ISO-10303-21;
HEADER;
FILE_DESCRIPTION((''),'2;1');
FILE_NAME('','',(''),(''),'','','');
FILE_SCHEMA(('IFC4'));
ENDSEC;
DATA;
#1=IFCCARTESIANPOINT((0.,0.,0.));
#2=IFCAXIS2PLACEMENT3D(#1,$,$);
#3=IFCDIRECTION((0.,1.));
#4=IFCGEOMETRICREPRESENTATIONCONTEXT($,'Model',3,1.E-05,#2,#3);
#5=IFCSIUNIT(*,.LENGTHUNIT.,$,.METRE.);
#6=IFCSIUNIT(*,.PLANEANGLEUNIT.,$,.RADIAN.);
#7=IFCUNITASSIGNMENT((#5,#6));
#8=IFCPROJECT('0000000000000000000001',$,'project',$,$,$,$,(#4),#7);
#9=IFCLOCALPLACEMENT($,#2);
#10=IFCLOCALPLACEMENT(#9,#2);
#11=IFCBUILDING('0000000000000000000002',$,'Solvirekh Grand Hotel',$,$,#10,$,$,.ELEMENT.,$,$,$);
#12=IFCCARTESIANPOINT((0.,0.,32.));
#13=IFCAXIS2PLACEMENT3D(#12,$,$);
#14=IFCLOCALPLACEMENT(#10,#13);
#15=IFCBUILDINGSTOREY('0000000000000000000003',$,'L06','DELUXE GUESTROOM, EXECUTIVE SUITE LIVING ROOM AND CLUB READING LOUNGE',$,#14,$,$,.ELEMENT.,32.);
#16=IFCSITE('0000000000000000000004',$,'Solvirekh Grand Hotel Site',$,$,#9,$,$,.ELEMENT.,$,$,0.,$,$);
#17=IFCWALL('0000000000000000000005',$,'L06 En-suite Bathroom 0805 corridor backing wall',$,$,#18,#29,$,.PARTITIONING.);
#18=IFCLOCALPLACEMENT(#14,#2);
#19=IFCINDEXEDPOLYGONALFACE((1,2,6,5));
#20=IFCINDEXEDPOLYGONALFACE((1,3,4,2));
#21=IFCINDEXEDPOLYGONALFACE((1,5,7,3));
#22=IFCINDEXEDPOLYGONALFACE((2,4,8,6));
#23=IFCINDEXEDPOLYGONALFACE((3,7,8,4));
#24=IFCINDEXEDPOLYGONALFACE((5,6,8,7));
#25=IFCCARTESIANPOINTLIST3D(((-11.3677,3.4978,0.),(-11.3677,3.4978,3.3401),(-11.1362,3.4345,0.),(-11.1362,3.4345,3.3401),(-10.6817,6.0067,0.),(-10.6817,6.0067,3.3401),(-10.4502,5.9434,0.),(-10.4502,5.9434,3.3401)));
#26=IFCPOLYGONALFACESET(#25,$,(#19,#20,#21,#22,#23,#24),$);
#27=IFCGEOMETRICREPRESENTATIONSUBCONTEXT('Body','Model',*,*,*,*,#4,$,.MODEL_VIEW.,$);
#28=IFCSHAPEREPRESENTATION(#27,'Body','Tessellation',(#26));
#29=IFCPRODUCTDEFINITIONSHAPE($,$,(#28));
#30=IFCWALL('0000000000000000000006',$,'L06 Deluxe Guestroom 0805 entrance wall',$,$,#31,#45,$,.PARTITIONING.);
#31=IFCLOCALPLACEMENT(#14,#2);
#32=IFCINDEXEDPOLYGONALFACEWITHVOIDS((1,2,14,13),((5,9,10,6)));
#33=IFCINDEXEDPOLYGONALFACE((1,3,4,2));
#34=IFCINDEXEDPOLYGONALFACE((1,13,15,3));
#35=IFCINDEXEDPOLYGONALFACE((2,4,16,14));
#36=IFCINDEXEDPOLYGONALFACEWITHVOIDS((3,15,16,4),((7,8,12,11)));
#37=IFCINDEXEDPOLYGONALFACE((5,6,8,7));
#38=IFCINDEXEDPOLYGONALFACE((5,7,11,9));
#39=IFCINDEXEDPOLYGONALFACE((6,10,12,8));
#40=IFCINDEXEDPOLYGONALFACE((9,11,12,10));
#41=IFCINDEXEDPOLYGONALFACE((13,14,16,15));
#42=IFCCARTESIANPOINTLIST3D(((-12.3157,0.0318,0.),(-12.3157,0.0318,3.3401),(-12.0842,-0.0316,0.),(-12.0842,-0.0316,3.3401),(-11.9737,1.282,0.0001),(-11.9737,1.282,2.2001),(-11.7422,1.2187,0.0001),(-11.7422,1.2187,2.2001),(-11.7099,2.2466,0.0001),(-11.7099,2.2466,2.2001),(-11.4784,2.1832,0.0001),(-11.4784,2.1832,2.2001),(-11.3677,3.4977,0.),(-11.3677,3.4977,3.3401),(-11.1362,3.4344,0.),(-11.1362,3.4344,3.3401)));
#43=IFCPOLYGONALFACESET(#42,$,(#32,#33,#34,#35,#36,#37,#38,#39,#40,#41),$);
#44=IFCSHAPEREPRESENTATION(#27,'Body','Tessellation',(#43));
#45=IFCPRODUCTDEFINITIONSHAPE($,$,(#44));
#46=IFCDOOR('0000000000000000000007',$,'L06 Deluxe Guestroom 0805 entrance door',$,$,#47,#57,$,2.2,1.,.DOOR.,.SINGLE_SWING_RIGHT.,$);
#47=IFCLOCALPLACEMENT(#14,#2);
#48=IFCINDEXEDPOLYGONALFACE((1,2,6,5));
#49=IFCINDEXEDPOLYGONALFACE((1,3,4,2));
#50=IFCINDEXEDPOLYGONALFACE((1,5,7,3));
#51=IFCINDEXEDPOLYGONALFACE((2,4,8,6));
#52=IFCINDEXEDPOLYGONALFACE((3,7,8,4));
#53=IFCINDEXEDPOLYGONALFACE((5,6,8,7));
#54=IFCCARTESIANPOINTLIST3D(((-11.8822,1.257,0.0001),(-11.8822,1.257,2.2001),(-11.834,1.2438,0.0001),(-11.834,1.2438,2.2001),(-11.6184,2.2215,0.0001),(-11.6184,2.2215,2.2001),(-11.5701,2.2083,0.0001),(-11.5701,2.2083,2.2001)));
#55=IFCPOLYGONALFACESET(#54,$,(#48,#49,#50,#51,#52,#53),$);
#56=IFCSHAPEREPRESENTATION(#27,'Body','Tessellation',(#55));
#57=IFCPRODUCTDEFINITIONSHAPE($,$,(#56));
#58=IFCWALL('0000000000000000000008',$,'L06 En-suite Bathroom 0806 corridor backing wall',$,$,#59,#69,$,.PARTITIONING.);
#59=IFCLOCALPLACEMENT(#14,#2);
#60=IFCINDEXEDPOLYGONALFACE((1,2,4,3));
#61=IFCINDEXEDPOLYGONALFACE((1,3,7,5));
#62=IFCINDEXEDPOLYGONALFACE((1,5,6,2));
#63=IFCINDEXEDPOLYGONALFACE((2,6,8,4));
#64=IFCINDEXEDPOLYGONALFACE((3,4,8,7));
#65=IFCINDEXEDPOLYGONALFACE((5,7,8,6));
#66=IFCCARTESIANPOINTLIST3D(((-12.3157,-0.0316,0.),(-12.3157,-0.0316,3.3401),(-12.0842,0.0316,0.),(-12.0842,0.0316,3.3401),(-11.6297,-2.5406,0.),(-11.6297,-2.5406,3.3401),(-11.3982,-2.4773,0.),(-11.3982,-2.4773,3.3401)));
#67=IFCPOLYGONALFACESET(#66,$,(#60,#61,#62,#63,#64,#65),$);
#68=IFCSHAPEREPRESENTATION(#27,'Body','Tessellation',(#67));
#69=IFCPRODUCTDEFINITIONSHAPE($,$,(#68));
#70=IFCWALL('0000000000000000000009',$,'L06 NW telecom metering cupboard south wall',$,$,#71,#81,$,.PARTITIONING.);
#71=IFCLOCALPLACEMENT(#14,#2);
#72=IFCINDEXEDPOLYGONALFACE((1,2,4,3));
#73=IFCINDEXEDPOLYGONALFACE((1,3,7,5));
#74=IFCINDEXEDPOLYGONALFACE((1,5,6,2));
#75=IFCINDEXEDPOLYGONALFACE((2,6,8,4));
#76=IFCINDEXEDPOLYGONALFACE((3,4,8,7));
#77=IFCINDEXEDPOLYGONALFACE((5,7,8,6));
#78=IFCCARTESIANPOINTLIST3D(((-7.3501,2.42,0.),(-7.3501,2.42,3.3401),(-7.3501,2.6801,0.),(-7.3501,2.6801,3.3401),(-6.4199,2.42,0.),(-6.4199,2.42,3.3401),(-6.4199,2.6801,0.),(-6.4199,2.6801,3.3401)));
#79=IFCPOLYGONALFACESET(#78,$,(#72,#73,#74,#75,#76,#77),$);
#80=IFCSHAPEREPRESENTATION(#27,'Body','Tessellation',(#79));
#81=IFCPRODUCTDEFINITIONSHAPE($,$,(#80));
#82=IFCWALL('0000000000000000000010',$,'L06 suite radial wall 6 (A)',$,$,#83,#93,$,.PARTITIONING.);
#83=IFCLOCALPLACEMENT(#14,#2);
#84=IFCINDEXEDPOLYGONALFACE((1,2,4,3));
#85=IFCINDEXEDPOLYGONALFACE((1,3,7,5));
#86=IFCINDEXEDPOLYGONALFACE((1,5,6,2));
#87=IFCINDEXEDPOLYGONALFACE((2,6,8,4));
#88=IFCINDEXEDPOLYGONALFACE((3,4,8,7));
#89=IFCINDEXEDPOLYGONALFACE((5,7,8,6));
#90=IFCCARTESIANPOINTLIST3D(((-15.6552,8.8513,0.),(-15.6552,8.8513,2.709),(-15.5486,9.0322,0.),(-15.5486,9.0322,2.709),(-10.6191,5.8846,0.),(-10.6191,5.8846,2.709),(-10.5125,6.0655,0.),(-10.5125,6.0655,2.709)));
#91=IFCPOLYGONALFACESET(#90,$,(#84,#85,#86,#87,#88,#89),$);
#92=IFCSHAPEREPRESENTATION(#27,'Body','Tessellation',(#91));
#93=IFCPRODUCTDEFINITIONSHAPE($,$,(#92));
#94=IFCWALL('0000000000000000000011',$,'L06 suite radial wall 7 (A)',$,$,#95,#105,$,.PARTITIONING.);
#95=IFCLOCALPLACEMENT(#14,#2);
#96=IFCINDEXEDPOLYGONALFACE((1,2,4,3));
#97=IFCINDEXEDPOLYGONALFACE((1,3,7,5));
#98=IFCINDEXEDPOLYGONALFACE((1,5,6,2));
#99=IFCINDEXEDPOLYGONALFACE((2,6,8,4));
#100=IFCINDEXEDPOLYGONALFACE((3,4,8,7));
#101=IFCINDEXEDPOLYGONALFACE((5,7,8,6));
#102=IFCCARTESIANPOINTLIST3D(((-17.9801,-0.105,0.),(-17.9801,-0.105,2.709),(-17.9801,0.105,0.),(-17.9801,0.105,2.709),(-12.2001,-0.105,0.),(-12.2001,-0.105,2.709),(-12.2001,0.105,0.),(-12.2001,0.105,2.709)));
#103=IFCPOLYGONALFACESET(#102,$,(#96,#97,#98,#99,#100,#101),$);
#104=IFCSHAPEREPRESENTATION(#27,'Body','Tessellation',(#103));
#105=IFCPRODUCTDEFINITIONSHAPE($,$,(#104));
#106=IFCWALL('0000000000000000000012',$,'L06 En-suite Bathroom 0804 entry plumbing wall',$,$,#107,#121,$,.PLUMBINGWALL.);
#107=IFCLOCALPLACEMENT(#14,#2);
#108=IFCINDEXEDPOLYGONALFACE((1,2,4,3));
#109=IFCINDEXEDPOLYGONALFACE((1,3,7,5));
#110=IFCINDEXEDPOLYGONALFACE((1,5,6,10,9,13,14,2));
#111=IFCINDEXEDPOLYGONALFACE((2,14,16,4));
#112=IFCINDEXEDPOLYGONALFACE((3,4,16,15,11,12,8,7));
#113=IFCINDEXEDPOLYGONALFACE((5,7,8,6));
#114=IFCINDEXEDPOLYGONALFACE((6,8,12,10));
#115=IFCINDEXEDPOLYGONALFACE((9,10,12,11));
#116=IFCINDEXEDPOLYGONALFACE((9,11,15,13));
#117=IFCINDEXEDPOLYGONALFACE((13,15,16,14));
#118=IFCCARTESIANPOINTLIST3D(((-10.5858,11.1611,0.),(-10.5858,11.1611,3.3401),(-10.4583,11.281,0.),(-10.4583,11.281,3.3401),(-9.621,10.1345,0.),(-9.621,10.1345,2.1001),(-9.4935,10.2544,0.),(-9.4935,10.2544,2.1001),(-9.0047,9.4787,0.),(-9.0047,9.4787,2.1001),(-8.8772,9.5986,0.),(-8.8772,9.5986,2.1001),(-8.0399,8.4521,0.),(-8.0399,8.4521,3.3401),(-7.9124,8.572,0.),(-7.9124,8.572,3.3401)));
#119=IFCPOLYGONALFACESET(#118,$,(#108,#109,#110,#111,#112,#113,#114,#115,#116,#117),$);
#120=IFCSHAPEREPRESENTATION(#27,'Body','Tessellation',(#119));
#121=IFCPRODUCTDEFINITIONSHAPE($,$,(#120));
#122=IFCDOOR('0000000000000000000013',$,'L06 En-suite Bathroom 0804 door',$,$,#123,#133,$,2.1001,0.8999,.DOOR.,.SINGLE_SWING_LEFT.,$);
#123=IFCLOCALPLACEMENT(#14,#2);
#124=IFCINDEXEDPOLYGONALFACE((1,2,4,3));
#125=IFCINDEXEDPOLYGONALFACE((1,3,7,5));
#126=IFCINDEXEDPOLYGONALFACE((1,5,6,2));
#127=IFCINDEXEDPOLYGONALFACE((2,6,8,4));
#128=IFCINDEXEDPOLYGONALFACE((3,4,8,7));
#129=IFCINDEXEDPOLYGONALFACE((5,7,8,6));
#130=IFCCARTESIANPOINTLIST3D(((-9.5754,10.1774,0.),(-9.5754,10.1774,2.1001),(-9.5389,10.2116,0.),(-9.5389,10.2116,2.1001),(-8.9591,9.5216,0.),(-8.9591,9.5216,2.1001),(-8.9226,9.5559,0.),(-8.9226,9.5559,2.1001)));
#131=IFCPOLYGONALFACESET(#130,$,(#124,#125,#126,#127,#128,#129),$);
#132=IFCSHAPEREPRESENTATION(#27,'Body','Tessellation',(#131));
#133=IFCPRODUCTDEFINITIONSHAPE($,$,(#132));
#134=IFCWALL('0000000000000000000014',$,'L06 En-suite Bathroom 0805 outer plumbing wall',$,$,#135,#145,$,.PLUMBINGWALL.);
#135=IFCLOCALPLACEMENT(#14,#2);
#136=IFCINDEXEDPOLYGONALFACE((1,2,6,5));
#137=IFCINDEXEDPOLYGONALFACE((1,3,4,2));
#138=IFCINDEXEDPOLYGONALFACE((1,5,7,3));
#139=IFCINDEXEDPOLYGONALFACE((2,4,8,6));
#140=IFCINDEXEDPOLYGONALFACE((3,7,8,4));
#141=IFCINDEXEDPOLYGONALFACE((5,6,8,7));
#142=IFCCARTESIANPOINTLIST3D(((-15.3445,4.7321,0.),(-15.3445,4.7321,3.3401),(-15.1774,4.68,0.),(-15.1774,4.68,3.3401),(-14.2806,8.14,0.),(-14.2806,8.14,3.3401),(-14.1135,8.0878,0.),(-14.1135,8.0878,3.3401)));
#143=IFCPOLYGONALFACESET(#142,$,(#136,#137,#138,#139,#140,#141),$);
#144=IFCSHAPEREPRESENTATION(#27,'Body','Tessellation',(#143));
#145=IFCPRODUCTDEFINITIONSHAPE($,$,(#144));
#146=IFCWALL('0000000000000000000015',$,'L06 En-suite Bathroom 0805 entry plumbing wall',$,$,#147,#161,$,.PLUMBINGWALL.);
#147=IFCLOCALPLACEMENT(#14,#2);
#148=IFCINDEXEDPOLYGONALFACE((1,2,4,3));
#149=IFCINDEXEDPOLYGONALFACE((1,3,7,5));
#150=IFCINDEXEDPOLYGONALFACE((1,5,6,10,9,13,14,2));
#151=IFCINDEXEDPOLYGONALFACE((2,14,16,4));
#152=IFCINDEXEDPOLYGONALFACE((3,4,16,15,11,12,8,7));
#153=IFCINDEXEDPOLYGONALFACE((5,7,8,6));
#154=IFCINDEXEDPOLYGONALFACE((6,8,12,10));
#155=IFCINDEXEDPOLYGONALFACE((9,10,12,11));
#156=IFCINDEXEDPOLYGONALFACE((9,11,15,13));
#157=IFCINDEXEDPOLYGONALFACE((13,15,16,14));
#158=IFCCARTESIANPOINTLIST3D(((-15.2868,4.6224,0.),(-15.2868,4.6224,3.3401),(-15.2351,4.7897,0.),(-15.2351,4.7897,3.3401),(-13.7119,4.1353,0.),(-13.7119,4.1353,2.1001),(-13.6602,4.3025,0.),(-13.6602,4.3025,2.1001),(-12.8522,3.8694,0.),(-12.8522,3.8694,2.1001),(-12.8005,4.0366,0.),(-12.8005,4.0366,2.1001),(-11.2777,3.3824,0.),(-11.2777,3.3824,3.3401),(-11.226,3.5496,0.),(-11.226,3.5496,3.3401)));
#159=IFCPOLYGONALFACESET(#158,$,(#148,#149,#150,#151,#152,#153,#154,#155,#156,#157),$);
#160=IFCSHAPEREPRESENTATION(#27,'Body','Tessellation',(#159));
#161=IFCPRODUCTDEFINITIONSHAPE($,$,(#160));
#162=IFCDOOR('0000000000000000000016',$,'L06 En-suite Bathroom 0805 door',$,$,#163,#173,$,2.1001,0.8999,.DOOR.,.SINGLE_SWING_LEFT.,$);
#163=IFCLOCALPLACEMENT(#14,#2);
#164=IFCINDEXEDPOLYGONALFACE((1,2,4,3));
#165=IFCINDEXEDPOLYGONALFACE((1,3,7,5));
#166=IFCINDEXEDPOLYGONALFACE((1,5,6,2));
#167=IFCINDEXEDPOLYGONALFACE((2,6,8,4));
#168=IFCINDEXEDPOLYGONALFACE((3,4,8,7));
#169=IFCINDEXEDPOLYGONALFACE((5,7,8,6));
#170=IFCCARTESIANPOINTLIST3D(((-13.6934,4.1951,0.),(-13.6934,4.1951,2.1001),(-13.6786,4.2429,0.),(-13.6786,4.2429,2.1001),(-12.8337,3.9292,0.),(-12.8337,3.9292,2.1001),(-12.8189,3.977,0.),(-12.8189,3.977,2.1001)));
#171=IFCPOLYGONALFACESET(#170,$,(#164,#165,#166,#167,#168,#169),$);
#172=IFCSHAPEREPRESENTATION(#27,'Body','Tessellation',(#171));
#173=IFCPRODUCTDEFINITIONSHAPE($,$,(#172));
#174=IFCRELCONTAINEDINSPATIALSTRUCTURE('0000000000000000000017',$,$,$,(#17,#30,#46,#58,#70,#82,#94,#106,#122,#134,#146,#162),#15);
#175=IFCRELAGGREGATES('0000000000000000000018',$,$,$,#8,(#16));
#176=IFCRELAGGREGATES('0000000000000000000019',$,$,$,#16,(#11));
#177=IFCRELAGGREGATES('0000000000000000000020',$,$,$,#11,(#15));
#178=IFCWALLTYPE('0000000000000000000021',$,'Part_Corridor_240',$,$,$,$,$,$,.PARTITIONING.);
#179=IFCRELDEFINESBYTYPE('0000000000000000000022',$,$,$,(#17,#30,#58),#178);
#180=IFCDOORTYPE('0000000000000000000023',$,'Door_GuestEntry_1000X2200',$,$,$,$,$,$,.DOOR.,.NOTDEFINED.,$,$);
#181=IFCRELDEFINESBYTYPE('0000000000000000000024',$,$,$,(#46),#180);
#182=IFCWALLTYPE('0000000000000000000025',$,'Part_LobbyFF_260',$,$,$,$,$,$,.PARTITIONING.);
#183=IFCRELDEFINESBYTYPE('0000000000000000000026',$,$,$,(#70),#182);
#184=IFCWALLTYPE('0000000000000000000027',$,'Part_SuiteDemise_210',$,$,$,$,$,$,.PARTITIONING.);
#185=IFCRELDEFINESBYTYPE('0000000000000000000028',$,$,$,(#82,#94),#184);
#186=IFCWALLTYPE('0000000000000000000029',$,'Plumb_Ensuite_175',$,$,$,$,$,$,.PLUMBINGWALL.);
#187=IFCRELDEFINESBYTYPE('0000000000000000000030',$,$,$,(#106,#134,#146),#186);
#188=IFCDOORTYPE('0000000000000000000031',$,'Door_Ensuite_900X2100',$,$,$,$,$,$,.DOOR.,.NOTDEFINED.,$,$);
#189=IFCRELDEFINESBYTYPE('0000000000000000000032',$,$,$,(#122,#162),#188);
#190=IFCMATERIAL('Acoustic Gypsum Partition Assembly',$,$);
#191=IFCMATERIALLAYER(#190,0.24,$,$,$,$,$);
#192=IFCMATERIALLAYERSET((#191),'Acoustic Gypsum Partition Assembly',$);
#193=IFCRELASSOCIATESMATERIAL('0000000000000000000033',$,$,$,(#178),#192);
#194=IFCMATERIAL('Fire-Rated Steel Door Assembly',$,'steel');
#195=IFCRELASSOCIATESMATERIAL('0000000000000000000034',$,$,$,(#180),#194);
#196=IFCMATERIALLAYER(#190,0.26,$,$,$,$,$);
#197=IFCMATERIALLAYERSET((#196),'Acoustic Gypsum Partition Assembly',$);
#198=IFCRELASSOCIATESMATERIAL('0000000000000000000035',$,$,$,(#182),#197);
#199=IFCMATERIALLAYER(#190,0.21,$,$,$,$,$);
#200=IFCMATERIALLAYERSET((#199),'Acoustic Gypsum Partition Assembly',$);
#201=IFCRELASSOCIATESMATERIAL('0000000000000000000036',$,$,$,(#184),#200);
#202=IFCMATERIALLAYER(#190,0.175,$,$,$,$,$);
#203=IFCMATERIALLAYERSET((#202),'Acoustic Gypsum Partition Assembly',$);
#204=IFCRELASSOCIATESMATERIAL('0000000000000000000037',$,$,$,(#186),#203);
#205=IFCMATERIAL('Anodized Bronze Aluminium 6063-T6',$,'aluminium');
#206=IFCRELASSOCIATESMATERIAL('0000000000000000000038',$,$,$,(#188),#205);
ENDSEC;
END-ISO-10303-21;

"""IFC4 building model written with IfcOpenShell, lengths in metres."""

from ifc_helpers import new_model, si_unit, direction, frame, frame_2d, origin, place, context, subcontext, project, spatial, rectangle, extrude, material, layer, layer_set, type_object, element, fill, save


model = new_model("IFC4")

# Units and contexts
model_context = context("Model", 3, precision=1e-05, world=origin(), true_north=direction((0.0, 1.0)))
body_context = subcontext(model_context, "Body", "Model", "MODEL_VIEW")
ifc_project = project(units=[si_unit("LENGTHUNIT", "METRE"), si_unit("PLANEANGLEUNIT", "RADIAN")], contexts=[model_context])

# Site, building, storey
site_placement = place(None, origin())
site = spatial("IfcSite", under=ifc_project, at=site_placement, Name="Solvirekh Grand Hotel Site", CompositionType="ELEMENT", RefElevation=0.0)
building_placement = place(site_placement, origin())
building = spatial("IfcBuilding", under=site, at=building_placement, Name="Solvirekh Grand Hotel", CompositionType="ELEMENT")
storey_placement = place(building_placement, frame((0.0, 0.0, 32.0)))
storey = spatial("IfcBuildingStorey", under=building, at=storey_placement, Name="L06", Description="DELUXE GUESTROOM, EXECUTIVE SUITE LIVING ROOM AND CLUB READING LOUNGE", CompositionType="ELEMENT", Elevation=32.0)

# Shared definitions
ifc_material_1 = material(Name="Anodized Bronze Aluminium 6063-T6", Category="aluminium")

# Shared definitions
ifc_material_2 = material(Name="Acoustic Gypsum Partition Assembly")
ifc_layer_1 = layer(ifc_material_2, 0.24)
ifc_layer_set_1 = layer_set([ifc_layer_1], Name="Acoustic Gypsum Partition Assembly")
wall_type_1 = type_object("IfcWallType", Name="Part_Corridor_240", PredefinedType="PARTITIONING", material=ifc_layer_set_1)
ifc_material_3 = material(Name="Fire-Rated Steel Door Assembly", Category="steel")
door_type_1 = type_object("IfcDoorType", Name="Door_GuestEntry_1000X2200", OperationType="NOTDEFINED", PredefinedType="DOOR", material=ifc_material_3)

# Wall
wall_1_placement = place(storey_placement, frame((-10.5659, 5.9751, 0.0), z_axis=(0.0, 0.0, 1.0), x_axis=(-0.263745, -0.964593, 0.0)))
element("IfcWall", 1, at=wall_1_placement, inside=storey, type_object=wall_type_1, Name="L06 En-suite Bathroom 0805 corridor backing wall", PredefinedType="PARTITIONING", context=body_context, shape_type="SweptSolid", body=[
    extrude(rectangle(XDim=2.6011, YDim=0.24, at=frame_2d((1.3005, 0.0))), origin(), (0.0, 0.0, 1.0), 3.3401),
])

# Wall, opening, door
wall_2_placement = place(storey_placement, frame((-11.252, 3.4661, 0.0), z_axis=(0.0, 0.0, 1.0), x_axis=(-0.263819, -0.964572, 0.0)))
wall_2 = element("IfcWall", 2, at=wall_2_placement, inside=storey, type_object=wall_type_1, Name="L06 Deluxe Guestroom 0805 entrance wall", PredefinedType="PARTITIONING", context=body_context, shape_type="SweptSolid", body=[
    extrude(rectangle(XDim=3.5933, YDim=0.24, at=frame_2d((1.7966, 0.0))), origin(), (0.0, 0.0, 1.0), 3.3401),
])
opening_1_placement = place(wall_2_placement, frame((1.2971, 0.0, 0.0)))
opening_1 = element("IfcOpeningElement", 3, at=opening_1_placement, cuts=wall_2, PredefinedType="OPENING", context=body_context, shape_type="SweptSolid", body=[
    extrude(rectangle(XDim=1.0, YDim=2.2, at=frame_2d((0.5, 1.1001))), frame((0.0, 0.1299, 0.0), z_axis=(0.0, -1.0, 0.0), x_axis=(1.0, 0.0, 0.0)), (0.0, 0.0, 1.0), 0.26),
])
door_1_placement = place(opening_1_placement, origin())
door_1 = element("IfcDoor", 4, at=door_1_placement, inside=storey, type_object=door_type_1, Name="L06 Deluxe Guestroom 0805 entrance door", OperationType="SINGLE_SWING_RIGHT", OverallHeight=2.2, OverallWidth=1.0, PredefinedType="DOOR", context=body_context, shape_type="SweptSolid", body=[
    extrude(rectangle(XDim=1.0, YDim=2.2, at=frame_2d((0.5, 1.1001))), frame((0.0, 0.0249, 0.0), z_axis=(0.0, -1.0, 0.0), x_axis=(1.0, 0.0, 0.0)), (0.0, 0.0, 1.0), 0.05),
])
fill(opening_1, door_1)

# Walls
wall_3_placement = place(storey_placement, frame((-12.2, 0.0, 0.0), z_axis=(0.0, 0.0, 1.0), x_axis=(0.263745, -0.964593, 0.0)))
element("IfcWall", 5, at=wall_3_placement, inside=storey, type_object=wall_type_1, Name="L06 En-suite Bathroom 0806 corridor backing wall", PredefinedType="PARTITIONING", context=body_context, shape_type="SweptSolid", body=[
    extrude(rectangle(XDim=2.6011, YDim=0.24, at=frame_2d((1.3005, 0.0))), origin(), (0.0, 0.0, 1.0), 3.3401),
])
ifc_layer_2 = layer(ifc_material_2, 0.26)
ifc_layer_set_2 = layer_set([ifc_layer_2], Name="Acoustic Gypsum Partition Assembly")
wall_type_2 = type_object("IfcWallType", Name="Part_LobbyFF_260", PredefinedType="PARTITIONING", material=ifc_layer_set_2)
wall_4_placement = place(storey_placement, frame((-7.3501, 2.55, 0.0), z_axis=(0.0, 0.0, 1.0), x_axis=(1.0, 0.0, 0.0)))
element("IfcWall", 6, at=wall_4_placement, inside=storey, type_object=wall_type_2, Name="L06 NW telecom metering cupboard south wall", PredefinedType="PARTITIONING", context=body_context, shape_type="SweptSolid", body=[
    extrude(rectangle(XDim=0.9302, YDim=0.26, at=frame_2d((0.4651, 0.0))), origin(), (0.0, 0.0, 1.0), 3.3401),
])
ifc_layer_3 = layer(ifc_material_2, 0.21)
ifc_layer_set_3 = layer_set([ifc_layer_3], Name="Acoustic Gypsum Partition Assembly")
wall_type_3 = type_object("IfcWallType", Name="Part_SuiteDemise_210", PredefinedType="PARTITIONING", material=ifc_layer_set_3)
wall_5_placement = place(storey_placement, frame((-10.5659, 5.9751, 0.0), z_axis=(0.0, 0.0, 1.0), x_axis=(-0.861608, 0.507575, 0.0)))
element("IfcWall", 7, at=wall_5_placement, inside=storey, type_object=wall_type_3, Name="L06 suite radial wall 6 (A)", PredefinedType="PARTITIONING", context=body_context, shape_type="SweptSolid", body=[
    extrude(rectangle(XDim=5.845, YDim=0.21, at=frame_2d((2.9224, 0.0))), origin(), (0.0, 0.0, 1.0), 2.709),
])
wall_6_placement = place(storey_placement, frame((-12.2, 0.0, 0.0), z_axis=(0.0, 0.0, 1.0), x_axis=(-1.0, 0.0, 0.0)))
element("IfcWall", 8, at=wall_6_placement, inside=storey, type_object=wall_type_3, Name="L06 suite radial wall 7 (A)", PredefinedType="PARTITIONING", context=body_context, shape_type="SweptSolid", body=[
    extrude(rectangle(XDim=5.78, YDim=0.21, at=frame_2d((2.8901, 0.0))), origin(), (0.0, 0.0, 1.0), 2.709),
])

# Wall, opening, door
ifc_layer_4 = layer(ifc_material_2, 0.175)
ifc_layer_set_4 = layer_set([ifc_layer_4], Name="Acoustic Gypsum Partition Assembly")
wall_type_4 = type_object("IfcWallType", Name="Plumb_Ensuite_175", PredefinedType="PLUMBINGWALL", material=ifc_layer_set_4)
wall_7_placement = place(storey_placement, frame((-7.9761, 8.512, 0.0), z_axis=(0.0, 0.0, 1.0), x_axis=(-0.684832, 0.728701, 0.0)))
wall_7 = element("IfcWall", 9, at=wall_7_placement, inside=storey, type_object=wall_type_4, Name="L06 En-suite Bathroom 0804 entry plumbing wall", PredefinedType="PLUMBINGWALL", context=body_context, shape_type="SweptSolid", body=[
    extrude(rectangle(XDim=3.7175, YDim=0.175, at=frame_2d((1.8589, 0.0))), origin(), (0.0, 0.0, 1.0), 3.3401),
])
opening_2_placement = place(wall_7_placement, frame((1.4089, 0.0, 0.0)))
opening_2 = element("IfcOpeningElement", 10, at=opening_2_placement, cuts=wall_7, PredefinedType="OPENING", context=body_context, shape_type="SweptSolid", body=[
    extrude(rectangle(XDim=0.8999, YDim=2.1001, at=frame_2d((0.45, 1.05))), frame((0.0, 0.0977, 0.0), z_axis=(0.0, -1.0, 0.0), x_axis=(1.0, 0.0, 0.0)), (0.0, 0.0, 1.0), 0.1951),
])
door_type_2 = type_object("IfcDoorType", Name="Door_Ensuite_900X2100", OperationType="NOTDEFINED", PredefinedType="DOOR", material=ifc_material_1)
door_2_placement = place(opening_2_placement, origin())
door_2 = element("IfcDoor", 11, at=door_2_placement, inside=storey, type_object=door_type_2, Name="L06 En-suite Bathroom 0804 door", OperationType="SINGLE_SWING_LEFT", OverallHeight=2.1001, OverallWidth=0.8999, PredefinedType="DOOR", context=body_context, shape_type="SweptSolid", body=[
    extrude(rectangle(XDim=0.8999, YDim=2.1001, at=frame_2d((0.45, 1.05))), frame((0.0, 0.0249, 0.0), z_axis=(0.0, -1.0, 0.0), x_axis=(1.0, 0.0, 0.0)), (0.0, 0.0, 1.0), 0.05),
])
fill(opening_2, door_2)

# Wall
wall_8_placement = place(storey_placement, frame((-14.197, 8.114, 0.0), z_axis=(0.0, 0.0, 1.0), x_axis=(-0.298014, -0.954561, 0.0)))
element("IfcWall", 12, at=wall_8_placement, inside=storey, type_object=wall_type_4, Name="L06 En-suite Bathroom 0805 outer plumbing wall", PredefinedType="PLUMBINGWALL", context=body_context, shape_type="SweptSolid", body=[
    extrude(rectangle(XDim=3.5701, YDim=0.175, at=frame_2d((1.7852, 0.0))), origin(), (0.0, 0.0, 1.0), 3.3401),
])

# Wall, opening, door
wall_9_placement = place(storey_placement, frame((-11.252, 3.4661, 0.0), z_axis=(0.0, 0.0, 1.0), x_axis=(-0.955347, 0.295488, 0.0)))
wall_9 = element("IfcWall", 13, at=wall_9_placement, inside=storey, type_object=wall_type_4, Name="L06 En-suite Bathroom 0805 entry plumbing wall", PredefinedType="PLUMBINGWALL", context=body_context, shape_type="SweptSolid", body=[
    extrude(rectangle(XDim=4.1965, YDim=0.175, at=frame_2d((2.0981, 0.0))), origin(), (0.0, 0.0, 1.0), 3.3401),
])
opening_3_placement = place(wall_9_placement, frame((1.6479, 0.0, 0.0)))
opening_3 = element("IfcOpeningElement", 14, at=opening_3_placement, cuts=wall_9, PredefinedType="OPENING", context=body_context, shape_type="SweptSolid", body=[
    extrude(rectangle(XDim=0.8999, YDim=2.1001, at=frame_2d((0.45, 1.05))), frame((0.0, 0.0977, 0.0), z_axis=(0.0, -1.0, 0.0), x_axis=(1.0, 0.0, 0.0)), (0.0, 0.0, 1.0), 0.1951),
])
door_3_placement = place(opening_3_placement, origin())
door_3 = element("IfcDoor", 15, at=door_3_placement, inside=storey, type_object=door_type_2, Name="L06 En-suite Bathroom 0805 door", OperationType="SINGLE_SWING_LEFT", OverallHeight=2.1001, OverallWidth=0.8999, PredefinedType="DOOR", context=body_context, shape_type="SweptSolid", body=[
    extrude(rectangle(XDim=0.8999, YDim=2.1001, at=frame_2d((0.45, 1.05))), frame((0.0, 0.0249, 0.0), z_axis=(0.0, -1.0, 0.0), x_axis=(1.0, 0.0, 0.0)), (0.0, 0.0, 1.0), 0.05),
])
fill(opening_3, door_3)

save(model, "model.ifc")
